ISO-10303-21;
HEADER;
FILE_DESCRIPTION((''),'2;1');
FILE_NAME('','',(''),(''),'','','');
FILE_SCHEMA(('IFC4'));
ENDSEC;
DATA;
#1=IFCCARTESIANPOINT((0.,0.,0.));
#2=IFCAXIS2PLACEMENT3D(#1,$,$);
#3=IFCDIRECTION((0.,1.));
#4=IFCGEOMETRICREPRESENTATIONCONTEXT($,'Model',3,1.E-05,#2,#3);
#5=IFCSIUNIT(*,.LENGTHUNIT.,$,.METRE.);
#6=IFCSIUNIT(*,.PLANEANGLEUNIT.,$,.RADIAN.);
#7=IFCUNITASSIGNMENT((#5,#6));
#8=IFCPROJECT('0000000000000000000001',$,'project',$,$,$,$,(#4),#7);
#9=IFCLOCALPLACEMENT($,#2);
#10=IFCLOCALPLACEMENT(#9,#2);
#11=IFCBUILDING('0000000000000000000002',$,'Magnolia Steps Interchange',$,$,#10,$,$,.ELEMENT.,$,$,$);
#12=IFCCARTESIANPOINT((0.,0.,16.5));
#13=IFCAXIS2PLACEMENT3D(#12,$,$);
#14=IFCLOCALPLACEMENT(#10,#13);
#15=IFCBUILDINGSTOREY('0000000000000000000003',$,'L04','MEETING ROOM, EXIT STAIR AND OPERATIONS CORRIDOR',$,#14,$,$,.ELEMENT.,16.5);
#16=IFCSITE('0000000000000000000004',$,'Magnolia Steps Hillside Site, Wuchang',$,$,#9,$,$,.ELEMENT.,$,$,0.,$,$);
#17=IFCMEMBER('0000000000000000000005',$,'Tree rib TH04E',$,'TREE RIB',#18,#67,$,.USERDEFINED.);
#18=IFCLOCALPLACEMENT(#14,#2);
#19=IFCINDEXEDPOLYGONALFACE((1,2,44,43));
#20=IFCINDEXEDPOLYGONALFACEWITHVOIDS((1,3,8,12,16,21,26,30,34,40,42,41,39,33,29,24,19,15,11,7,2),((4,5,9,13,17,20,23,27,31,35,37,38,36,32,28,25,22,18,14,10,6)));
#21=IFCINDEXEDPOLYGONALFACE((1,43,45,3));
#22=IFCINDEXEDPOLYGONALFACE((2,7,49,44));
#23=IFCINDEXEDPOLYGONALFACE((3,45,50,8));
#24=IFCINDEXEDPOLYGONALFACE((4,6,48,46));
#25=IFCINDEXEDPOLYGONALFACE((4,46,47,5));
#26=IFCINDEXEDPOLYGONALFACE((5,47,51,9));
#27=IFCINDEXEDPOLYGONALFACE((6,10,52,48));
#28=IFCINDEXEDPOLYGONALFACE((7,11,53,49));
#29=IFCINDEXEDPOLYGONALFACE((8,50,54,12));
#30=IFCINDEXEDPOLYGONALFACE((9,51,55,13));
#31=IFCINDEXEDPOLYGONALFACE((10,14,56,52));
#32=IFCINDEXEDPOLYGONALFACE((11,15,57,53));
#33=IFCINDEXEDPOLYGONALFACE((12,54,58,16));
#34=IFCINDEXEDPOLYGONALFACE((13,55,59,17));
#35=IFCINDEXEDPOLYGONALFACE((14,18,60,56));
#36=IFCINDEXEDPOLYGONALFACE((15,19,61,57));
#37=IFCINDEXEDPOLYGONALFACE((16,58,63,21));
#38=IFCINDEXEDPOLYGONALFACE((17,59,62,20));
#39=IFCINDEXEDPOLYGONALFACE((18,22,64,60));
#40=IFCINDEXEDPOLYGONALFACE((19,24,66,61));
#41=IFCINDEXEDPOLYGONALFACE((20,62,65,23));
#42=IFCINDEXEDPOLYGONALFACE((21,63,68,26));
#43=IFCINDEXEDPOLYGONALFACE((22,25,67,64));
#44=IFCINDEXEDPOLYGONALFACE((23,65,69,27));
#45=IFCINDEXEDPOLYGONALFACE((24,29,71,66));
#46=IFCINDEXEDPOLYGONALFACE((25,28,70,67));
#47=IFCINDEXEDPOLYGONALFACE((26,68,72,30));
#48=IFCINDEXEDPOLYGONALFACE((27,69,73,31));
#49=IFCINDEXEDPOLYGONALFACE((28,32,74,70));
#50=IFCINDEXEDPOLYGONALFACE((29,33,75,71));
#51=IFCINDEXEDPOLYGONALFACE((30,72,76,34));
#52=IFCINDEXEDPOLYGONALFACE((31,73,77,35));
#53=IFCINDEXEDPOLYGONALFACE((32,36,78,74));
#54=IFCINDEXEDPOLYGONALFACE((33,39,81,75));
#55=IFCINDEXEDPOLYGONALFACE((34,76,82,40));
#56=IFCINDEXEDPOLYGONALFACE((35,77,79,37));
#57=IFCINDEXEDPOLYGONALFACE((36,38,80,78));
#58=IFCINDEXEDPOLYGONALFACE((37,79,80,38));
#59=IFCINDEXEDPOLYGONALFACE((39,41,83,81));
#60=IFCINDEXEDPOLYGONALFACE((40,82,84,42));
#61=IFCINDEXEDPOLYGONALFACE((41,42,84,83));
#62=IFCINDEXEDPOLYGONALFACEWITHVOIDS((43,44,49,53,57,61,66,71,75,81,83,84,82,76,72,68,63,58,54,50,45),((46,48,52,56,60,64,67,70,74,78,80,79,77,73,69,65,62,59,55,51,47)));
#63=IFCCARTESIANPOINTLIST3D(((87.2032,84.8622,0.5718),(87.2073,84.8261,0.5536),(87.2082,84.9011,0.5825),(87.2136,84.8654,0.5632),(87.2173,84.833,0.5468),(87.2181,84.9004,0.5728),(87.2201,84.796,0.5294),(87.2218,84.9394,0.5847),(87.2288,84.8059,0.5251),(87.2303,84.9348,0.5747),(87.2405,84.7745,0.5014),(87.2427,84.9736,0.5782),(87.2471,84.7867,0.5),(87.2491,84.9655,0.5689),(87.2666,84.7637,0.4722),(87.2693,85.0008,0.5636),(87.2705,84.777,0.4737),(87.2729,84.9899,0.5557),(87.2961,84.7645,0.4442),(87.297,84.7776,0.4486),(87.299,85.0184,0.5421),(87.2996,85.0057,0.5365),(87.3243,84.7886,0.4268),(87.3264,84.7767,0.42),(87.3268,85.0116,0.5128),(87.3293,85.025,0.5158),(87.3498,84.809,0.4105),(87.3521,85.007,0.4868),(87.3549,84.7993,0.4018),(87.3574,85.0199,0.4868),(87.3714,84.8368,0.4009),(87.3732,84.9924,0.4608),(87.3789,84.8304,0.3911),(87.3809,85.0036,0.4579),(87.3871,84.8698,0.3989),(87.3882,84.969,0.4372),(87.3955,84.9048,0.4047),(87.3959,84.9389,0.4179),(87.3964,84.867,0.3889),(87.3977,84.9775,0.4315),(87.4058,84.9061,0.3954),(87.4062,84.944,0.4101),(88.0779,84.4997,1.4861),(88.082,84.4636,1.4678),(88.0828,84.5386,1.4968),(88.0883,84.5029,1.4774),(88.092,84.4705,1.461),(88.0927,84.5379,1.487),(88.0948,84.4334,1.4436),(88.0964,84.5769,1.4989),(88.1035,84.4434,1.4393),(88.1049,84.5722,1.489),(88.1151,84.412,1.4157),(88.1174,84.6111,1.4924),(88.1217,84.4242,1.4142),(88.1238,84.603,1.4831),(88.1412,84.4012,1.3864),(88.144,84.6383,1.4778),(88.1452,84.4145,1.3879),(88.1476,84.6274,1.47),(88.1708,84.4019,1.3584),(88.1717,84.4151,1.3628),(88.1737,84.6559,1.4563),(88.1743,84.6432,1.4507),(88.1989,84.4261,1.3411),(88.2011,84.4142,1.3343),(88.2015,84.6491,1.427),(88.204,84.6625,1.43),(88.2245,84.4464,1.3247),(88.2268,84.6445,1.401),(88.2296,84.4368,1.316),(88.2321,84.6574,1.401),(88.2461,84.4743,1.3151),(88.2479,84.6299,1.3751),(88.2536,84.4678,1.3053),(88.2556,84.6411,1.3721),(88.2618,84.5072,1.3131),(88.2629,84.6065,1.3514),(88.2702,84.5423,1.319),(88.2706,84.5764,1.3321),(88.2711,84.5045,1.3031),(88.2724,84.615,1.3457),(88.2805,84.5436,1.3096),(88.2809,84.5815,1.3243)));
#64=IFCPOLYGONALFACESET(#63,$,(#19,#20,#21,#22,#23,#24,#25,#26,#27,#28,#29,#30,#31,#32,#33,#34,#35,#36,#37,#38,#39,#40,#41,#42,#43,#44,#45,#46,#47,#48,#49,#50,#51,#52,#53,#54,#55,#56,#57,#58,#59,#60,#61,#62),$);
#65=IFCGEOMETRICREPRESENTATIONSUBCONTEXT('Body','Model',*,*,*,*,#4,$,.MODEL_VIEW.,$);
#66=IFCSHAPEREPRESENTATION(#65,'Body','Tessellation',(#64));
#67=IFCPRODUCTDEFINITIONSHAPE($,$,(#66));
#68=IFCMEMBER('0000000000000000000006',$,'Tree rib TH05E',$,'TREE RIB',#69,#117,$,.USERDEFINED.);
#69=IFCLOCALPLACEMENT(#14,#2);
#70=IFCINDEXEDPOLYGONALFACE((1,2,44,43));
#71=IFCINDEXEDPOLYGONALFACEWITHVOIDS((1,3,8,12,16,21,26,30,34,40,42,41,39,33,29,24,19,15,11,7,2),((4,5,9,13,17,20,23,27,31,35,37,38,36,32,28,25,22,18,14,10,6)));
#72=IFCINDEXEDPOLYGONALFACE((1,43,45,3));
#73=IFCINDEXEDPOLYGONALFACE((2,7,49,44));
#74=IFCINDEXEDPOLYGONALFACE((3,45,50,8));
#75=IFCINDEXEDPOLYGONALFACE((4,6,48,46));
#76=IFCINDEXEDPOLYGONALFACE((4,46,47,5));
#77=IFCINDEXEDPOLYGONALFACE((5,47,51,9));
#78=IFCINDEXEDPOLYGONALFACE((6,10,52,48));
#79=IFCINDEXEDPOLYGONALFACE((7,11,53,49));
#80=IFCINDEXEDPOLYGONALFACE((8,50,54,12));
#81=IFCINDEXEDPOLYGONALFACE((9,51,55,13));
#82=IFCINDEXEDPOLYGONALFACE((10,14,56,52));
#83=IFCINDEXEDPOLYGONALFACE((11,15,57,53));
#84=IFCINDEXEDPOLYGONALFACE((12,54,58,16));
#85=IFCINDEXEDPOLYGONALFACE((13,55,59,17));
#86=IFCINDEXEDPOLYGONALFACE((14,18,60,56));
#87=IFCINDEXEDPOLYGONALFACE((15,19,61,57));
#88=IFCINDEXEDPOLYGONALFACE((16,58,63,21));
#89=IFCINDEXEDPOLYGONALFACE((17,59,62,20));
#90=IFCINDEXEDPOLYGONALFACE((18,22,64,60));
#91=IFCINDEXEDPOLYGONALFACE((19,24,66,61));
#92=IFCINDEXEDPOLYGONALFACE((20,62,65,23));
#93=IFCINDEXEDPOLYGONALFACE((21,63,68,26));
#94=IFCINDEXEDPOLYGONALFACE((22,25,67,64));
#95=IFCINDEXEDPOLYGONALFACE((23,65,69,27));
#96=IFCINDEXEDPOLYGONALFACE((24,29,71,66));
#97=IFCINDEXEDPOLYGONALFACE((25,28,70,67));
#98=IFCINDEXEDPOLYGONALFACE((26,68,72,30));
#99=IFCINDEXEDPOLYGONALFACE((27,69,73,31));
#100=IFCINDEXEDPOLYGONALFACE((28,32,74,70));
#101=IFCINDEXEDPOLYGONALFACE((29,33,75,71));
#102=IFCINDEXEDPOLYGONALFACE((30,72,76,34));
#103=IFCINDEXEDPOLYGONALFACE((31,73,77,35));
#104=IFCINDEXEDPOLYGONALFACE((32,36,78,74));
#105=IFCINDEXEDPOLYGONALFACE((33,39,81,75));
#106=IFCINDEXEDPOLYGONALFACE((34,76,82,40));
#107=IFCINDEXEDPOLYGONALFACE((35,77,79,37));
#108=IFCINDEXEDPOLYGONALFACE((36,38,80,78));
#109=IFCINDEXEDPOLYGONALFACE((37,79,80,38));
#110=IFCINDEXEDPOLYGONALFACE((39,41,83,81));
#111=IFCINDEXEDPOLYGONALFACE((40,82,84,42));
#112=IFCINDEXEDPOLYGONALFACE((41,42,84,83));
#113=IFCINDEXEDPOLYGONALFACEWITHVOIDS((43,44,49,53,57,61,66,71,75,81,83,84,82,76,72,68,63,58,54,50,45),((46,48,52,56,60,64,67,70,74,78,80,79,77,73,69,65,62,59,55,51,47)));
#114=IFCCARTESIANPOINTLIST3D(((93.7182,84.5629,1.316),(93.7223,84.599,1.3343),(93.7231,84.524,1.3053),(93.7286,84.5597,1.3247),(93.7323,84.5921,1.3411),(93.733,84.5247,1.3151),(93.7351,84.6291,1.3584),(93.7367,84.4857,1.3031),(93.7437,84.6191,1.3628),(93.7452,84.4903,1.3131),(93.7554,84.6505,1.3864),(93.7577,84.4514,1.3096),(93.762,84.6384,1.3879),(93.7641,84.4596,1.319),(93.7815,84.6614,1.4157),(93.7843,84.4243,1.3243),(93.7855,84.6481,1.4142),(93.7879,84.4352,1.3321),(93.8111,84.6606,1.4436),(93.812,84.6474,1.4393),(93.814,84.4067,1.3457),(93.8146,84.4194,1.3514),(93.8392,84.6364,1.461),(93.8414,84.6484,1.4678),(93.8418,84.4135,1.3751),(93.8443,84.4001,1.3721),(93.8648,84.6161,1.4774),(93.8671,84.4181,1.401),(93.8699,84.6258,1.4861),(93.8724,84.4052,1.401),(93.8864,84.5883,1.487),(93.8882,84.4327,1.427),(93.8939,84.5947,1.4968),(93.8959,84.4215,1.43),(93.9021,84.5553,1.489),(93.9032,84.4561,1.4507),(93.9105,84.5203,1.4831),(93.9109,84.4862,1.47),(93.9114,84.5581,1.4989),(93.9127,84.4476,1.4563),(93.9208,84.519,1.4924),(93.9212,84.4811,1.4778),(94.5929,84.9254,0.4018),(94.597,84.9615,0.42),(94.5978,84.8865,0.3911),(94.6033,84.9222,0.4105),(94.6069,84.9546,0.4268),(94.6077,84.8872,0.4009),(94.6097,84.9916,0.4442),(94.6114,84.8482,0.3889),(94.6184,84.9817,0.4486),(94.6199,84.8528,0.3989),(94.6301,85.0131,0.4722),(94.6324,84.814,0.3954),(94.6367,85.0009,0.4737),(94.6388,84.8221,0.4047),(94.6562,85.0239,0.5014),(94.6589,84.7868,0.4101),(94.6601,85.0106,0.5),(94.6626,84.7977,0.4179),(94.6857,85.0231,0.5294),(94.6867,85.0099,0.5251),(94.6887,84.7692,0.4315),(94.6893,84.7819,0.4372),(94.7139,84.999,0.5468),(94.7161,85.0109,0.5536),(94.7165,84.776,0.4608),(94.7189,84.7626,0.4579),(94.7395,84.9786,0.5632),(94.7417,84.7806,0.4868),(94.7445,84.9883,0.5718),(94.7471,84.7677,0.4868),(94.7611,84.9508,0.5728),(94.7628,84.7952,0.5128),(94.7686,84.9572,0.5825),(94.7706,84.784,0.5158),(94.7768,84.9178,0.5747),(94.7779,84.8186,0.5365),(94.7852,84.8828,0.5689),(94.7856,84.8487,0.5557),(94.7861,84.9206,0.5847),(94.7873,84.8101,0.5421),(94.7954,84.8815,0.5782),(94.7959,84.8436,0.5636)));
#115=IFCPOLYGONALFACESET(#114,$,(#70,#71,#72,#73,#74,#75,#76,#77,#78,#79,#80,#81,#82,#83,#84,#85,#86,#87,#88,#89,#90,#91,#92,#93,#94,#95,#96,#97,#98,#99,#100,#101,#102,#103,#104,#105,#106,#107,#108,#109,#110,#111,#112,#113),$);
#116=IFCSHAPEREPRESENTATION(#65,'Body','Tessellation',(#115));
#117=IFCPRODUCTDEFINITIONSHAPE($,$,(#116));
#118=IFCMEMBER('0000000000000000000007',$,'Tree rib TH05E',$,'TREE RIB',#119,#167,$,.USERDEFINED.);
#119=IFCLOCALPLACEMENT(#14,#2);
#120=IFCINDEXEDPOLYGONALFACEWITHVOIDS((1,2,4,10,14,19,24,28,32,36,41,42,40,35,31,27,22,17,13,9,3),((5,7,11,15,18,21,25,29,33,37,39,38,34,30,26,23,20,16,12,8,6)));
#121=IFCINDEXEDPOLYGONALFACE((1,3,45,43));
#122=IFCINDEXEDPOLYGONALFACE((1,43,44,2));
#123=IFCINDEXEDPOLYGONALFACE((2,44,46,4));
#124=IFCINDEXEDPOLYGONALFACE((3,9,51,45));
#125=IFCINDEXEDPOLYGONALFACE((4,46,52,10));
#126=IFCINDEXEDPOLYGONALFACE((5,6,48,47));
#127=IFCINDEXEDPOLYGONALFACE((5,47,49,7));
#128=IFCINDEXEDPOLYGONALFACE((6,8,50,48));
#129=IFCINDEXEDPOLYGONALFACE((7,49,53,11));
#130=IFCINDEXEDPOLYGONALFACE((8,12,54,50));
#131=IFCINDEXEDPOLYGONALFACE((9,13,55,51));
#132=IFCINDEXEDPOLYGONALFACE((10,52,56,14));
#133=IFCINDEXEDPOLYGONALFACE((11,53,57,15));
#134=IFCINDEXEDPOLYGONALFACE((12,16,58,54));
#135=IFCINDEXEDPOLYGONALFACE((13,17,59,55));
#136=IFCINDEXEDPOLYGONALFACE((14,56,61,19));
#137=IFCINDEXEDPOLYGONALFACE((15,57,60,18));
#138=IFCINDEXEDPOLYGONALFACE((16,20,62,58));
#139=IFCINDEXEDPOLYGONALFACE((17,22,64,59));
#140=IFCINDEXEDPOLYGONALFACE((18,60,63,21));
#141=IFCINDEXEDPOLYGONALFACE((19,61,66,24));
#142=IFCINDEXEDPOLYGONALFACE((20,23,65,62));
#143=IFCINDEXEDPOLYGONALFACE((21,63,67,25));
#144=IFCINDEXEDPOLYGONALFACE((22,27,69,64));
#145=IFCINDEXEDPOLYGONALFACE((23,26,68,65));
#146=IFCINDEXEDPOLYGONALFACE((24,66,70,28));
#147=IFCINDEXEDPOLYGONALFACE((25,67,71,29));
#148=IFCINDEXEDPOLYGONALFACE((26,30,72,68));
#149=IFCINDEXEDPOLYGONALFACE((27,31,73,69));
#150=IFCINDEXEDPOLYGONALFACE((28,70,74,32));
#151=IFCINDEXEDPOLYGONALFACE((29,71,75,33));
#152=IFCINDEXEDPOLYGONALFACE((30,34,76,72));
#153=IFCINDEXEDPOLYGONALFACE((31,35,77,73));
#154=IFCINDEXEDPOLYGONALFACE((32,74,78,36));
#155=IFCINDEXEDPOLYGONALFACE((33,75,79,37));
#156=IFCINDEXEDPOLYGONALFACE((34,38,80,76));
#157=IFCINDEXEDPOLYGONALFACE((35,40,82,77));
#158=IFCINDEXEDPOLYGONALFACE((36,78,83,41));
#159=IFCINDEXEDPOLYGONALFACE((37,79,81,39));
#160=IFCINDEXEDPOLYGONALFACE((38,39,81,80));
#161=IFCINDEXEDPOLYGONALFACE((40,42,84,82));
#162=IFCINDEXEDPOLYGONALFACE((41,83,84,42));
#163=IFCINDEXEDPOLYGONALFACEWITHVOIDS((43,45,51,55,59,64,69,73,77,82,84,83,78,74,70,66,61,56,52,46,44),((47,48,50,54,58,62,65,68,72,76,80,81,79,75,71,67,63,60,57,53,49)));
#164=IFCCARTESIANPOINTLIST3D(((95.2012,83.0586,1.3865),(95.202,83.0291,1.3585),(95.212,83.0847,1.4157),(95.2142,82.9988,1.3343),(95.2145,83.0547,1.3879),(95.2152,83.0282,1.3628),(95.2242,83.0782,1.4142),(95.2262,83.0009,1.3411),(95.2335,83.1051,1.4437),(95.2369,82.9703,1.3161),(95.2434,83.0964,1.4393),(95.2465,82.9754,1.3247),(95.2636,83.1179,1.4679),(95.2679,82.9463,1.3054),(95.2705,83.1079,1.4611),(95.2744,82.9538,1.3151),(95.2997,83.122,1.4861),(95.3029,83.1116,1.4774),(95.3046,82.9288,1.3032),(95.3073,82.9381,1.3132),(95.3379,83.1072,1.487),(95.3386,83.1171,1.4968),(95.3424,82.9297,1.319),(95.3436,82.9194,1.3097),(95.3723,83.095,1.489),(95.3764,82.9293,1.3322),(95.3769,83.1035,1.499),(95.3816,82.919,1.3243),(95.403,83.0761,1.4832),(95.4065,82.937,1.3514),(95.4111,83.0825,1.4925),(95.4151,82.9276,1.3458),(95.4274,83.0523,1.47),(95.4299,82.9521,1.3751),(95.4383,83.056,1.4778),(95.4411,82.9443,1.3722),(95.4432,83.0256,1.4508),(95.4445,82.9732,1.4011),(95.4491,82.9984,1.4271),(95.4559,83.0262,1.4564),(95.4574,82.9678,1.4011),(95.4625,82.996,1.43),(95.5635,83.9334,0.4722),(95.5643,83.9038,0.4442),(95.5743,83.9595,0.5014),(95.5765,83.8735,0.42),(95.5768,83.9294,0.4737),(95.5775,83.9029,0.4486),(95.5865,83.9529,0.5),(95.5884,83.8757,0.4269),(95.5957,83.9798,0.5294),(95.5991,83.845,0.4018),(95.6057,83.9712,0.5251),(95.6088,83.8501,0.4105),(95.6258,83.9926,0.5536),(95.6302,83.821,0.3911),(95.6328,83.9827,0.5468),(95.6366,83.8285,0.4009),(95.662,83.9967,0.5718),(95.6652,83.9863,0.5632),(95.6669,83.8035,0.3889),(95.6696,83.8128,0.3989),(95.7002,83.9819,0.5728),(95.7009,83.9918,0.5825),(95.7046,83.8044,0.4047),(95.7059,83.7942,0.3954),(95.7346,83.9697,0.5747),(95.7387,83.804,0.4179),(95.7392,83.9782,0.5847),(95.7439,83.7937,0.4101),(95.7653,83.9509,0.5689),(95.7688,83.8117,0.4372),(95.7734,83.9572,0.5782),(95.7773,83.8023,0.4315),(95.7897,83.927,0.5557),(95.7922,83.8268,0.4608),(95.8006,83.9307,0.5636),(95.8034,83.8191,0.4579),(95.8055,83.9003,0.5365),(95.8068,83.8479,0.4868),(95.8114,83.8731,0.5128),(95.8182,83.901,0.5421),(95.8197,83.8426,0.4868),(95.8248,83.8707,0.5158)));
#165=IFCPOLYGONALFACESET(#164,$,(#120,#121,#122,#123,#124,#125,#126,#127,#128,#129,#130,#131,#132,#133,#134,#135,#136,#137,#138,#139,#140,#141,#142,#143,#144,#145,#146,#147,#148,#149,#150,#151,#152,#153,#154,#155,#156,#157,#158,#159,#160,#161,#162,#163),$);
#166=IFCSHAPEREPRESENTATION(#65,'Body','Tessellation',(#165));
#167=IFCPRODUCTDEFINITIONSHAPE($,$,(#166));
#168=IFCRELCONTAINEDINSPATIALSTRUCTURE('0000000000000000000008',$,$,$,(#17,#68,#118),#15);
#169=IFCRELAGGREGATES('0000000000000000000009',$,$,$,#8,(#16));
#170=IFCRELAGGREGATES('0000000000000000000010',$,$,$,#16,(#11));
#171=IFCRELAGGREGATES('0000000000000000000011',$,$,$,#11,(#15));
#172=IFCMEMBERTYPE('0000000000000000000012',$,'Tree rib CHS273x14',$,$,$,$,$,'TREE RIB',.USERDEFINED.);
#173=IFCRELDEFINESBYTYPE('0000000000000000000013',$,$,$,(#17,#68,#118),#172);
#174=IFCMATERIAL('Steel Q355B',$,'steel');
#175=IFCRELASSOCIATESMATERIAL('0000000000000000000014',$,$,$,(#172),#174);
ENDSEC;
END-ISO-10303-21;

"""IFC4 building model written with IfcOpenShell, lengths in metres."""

from ifc_helpers import new_model, si_unit, direction, frame, origin, origin_2d, place, context, subcontext, project, spatial, hollow_circle, extrude, material, material_profile, profile_set, type_object, element, save


model = new_model("IFC4")

# Units and contexts
model_context = context("Model", 3, precision=1e-05, world=origin(), true_north=direction((0.0, 1.0)))
body_context = subcontext(model_context, "Body", "Model", "MODEL_VIEW")
ifc_project = project(units=[si_unit("LENGTHUNIT", "METRE"), si_unit("PLANEANGLEUNIT", "RADIAN")], contexts=[model_context])

# Site, building, storey
site_placement = place(None, origin())
site = spatial("IfcSite", under=ifc_project, at=site_placement, Name="Magnolia Steps Hillside Site, Wuchang", CompositionType="ELEMENT", RefElevation=0.0)
building_placement = place(site_placement, origin())
building = spatial("IfcBuilding", under=site, at=building_placement, Name="Magnolia Steps Interchange", CompositionType="ELEMENT")
storey_placement = place(building_placement, frame((0.0, 0.0, 16.5)))
storey = spatial("IfcBuildingStorey", under=building, at=storey_placement, Name="L04", Description="MEETING ROOM, EXIT STAIR AND OPERATIONS CORRIDOR", CompositionType="ELEMENT", Elevation=16.5)

# Members
ifc_material_1 = material(Name="Steel Q355B", Category="steel")
ifc_material_profile_1 = material_profile(ifc_material_1, hollow_circle(Radius=0.1365, WallThickness=0.0139, at=origin_2d()), Name="CHS273x14")
ifc_profile_set_1 = profile_set([ifc_material_profile_1], Name="Steel Q355B")
member_type_1 = type_object("IfcMemberType", Name="Tree rib CHS273x14", ElementType="TREE RIB", PredefinedType="USERDEFINED", material=ifc_profile_set_1)
for number, where, z_axis, x_axis, name in (
    (1, (87.3052, 84.8938, 0.4868), (0.664566, -0.275434, 0.694613), (0.382876, 0.9238, 0.0), "Tree rib TH04E"),
    (2, (94.6948, 84.8938, 0.4868), (-0.664566, -0.275434, 0.694613), (0.382876, -0.9238, 0.0), "Tree rib TH05E"),
    (3, (95.6936, 83.8948, 0.4868), (-0.275263, -0.6646, 0.694649), (0.923891, -0.382655, 0.0), "Tree rib TH05E"),
):
    element("IfcMember", number, at=place(storey_placement, frame(where, z_axis=z_axis, x_axis=x_axis)), inside=storey, type_object=member_type_1, Name=name, ObjectType="TREE RIB", PredefinedType="USERDEFINED", context=body_context, shape_type="SweptSolid", body=[
        extrude(hollow_circle(Radius=0.1365, WallThickness=0.0139, at=origin_2d()), origin(), (0.0, 0.0, 1.0), 1.3162),
    ])

save(model, "model.ifc")
